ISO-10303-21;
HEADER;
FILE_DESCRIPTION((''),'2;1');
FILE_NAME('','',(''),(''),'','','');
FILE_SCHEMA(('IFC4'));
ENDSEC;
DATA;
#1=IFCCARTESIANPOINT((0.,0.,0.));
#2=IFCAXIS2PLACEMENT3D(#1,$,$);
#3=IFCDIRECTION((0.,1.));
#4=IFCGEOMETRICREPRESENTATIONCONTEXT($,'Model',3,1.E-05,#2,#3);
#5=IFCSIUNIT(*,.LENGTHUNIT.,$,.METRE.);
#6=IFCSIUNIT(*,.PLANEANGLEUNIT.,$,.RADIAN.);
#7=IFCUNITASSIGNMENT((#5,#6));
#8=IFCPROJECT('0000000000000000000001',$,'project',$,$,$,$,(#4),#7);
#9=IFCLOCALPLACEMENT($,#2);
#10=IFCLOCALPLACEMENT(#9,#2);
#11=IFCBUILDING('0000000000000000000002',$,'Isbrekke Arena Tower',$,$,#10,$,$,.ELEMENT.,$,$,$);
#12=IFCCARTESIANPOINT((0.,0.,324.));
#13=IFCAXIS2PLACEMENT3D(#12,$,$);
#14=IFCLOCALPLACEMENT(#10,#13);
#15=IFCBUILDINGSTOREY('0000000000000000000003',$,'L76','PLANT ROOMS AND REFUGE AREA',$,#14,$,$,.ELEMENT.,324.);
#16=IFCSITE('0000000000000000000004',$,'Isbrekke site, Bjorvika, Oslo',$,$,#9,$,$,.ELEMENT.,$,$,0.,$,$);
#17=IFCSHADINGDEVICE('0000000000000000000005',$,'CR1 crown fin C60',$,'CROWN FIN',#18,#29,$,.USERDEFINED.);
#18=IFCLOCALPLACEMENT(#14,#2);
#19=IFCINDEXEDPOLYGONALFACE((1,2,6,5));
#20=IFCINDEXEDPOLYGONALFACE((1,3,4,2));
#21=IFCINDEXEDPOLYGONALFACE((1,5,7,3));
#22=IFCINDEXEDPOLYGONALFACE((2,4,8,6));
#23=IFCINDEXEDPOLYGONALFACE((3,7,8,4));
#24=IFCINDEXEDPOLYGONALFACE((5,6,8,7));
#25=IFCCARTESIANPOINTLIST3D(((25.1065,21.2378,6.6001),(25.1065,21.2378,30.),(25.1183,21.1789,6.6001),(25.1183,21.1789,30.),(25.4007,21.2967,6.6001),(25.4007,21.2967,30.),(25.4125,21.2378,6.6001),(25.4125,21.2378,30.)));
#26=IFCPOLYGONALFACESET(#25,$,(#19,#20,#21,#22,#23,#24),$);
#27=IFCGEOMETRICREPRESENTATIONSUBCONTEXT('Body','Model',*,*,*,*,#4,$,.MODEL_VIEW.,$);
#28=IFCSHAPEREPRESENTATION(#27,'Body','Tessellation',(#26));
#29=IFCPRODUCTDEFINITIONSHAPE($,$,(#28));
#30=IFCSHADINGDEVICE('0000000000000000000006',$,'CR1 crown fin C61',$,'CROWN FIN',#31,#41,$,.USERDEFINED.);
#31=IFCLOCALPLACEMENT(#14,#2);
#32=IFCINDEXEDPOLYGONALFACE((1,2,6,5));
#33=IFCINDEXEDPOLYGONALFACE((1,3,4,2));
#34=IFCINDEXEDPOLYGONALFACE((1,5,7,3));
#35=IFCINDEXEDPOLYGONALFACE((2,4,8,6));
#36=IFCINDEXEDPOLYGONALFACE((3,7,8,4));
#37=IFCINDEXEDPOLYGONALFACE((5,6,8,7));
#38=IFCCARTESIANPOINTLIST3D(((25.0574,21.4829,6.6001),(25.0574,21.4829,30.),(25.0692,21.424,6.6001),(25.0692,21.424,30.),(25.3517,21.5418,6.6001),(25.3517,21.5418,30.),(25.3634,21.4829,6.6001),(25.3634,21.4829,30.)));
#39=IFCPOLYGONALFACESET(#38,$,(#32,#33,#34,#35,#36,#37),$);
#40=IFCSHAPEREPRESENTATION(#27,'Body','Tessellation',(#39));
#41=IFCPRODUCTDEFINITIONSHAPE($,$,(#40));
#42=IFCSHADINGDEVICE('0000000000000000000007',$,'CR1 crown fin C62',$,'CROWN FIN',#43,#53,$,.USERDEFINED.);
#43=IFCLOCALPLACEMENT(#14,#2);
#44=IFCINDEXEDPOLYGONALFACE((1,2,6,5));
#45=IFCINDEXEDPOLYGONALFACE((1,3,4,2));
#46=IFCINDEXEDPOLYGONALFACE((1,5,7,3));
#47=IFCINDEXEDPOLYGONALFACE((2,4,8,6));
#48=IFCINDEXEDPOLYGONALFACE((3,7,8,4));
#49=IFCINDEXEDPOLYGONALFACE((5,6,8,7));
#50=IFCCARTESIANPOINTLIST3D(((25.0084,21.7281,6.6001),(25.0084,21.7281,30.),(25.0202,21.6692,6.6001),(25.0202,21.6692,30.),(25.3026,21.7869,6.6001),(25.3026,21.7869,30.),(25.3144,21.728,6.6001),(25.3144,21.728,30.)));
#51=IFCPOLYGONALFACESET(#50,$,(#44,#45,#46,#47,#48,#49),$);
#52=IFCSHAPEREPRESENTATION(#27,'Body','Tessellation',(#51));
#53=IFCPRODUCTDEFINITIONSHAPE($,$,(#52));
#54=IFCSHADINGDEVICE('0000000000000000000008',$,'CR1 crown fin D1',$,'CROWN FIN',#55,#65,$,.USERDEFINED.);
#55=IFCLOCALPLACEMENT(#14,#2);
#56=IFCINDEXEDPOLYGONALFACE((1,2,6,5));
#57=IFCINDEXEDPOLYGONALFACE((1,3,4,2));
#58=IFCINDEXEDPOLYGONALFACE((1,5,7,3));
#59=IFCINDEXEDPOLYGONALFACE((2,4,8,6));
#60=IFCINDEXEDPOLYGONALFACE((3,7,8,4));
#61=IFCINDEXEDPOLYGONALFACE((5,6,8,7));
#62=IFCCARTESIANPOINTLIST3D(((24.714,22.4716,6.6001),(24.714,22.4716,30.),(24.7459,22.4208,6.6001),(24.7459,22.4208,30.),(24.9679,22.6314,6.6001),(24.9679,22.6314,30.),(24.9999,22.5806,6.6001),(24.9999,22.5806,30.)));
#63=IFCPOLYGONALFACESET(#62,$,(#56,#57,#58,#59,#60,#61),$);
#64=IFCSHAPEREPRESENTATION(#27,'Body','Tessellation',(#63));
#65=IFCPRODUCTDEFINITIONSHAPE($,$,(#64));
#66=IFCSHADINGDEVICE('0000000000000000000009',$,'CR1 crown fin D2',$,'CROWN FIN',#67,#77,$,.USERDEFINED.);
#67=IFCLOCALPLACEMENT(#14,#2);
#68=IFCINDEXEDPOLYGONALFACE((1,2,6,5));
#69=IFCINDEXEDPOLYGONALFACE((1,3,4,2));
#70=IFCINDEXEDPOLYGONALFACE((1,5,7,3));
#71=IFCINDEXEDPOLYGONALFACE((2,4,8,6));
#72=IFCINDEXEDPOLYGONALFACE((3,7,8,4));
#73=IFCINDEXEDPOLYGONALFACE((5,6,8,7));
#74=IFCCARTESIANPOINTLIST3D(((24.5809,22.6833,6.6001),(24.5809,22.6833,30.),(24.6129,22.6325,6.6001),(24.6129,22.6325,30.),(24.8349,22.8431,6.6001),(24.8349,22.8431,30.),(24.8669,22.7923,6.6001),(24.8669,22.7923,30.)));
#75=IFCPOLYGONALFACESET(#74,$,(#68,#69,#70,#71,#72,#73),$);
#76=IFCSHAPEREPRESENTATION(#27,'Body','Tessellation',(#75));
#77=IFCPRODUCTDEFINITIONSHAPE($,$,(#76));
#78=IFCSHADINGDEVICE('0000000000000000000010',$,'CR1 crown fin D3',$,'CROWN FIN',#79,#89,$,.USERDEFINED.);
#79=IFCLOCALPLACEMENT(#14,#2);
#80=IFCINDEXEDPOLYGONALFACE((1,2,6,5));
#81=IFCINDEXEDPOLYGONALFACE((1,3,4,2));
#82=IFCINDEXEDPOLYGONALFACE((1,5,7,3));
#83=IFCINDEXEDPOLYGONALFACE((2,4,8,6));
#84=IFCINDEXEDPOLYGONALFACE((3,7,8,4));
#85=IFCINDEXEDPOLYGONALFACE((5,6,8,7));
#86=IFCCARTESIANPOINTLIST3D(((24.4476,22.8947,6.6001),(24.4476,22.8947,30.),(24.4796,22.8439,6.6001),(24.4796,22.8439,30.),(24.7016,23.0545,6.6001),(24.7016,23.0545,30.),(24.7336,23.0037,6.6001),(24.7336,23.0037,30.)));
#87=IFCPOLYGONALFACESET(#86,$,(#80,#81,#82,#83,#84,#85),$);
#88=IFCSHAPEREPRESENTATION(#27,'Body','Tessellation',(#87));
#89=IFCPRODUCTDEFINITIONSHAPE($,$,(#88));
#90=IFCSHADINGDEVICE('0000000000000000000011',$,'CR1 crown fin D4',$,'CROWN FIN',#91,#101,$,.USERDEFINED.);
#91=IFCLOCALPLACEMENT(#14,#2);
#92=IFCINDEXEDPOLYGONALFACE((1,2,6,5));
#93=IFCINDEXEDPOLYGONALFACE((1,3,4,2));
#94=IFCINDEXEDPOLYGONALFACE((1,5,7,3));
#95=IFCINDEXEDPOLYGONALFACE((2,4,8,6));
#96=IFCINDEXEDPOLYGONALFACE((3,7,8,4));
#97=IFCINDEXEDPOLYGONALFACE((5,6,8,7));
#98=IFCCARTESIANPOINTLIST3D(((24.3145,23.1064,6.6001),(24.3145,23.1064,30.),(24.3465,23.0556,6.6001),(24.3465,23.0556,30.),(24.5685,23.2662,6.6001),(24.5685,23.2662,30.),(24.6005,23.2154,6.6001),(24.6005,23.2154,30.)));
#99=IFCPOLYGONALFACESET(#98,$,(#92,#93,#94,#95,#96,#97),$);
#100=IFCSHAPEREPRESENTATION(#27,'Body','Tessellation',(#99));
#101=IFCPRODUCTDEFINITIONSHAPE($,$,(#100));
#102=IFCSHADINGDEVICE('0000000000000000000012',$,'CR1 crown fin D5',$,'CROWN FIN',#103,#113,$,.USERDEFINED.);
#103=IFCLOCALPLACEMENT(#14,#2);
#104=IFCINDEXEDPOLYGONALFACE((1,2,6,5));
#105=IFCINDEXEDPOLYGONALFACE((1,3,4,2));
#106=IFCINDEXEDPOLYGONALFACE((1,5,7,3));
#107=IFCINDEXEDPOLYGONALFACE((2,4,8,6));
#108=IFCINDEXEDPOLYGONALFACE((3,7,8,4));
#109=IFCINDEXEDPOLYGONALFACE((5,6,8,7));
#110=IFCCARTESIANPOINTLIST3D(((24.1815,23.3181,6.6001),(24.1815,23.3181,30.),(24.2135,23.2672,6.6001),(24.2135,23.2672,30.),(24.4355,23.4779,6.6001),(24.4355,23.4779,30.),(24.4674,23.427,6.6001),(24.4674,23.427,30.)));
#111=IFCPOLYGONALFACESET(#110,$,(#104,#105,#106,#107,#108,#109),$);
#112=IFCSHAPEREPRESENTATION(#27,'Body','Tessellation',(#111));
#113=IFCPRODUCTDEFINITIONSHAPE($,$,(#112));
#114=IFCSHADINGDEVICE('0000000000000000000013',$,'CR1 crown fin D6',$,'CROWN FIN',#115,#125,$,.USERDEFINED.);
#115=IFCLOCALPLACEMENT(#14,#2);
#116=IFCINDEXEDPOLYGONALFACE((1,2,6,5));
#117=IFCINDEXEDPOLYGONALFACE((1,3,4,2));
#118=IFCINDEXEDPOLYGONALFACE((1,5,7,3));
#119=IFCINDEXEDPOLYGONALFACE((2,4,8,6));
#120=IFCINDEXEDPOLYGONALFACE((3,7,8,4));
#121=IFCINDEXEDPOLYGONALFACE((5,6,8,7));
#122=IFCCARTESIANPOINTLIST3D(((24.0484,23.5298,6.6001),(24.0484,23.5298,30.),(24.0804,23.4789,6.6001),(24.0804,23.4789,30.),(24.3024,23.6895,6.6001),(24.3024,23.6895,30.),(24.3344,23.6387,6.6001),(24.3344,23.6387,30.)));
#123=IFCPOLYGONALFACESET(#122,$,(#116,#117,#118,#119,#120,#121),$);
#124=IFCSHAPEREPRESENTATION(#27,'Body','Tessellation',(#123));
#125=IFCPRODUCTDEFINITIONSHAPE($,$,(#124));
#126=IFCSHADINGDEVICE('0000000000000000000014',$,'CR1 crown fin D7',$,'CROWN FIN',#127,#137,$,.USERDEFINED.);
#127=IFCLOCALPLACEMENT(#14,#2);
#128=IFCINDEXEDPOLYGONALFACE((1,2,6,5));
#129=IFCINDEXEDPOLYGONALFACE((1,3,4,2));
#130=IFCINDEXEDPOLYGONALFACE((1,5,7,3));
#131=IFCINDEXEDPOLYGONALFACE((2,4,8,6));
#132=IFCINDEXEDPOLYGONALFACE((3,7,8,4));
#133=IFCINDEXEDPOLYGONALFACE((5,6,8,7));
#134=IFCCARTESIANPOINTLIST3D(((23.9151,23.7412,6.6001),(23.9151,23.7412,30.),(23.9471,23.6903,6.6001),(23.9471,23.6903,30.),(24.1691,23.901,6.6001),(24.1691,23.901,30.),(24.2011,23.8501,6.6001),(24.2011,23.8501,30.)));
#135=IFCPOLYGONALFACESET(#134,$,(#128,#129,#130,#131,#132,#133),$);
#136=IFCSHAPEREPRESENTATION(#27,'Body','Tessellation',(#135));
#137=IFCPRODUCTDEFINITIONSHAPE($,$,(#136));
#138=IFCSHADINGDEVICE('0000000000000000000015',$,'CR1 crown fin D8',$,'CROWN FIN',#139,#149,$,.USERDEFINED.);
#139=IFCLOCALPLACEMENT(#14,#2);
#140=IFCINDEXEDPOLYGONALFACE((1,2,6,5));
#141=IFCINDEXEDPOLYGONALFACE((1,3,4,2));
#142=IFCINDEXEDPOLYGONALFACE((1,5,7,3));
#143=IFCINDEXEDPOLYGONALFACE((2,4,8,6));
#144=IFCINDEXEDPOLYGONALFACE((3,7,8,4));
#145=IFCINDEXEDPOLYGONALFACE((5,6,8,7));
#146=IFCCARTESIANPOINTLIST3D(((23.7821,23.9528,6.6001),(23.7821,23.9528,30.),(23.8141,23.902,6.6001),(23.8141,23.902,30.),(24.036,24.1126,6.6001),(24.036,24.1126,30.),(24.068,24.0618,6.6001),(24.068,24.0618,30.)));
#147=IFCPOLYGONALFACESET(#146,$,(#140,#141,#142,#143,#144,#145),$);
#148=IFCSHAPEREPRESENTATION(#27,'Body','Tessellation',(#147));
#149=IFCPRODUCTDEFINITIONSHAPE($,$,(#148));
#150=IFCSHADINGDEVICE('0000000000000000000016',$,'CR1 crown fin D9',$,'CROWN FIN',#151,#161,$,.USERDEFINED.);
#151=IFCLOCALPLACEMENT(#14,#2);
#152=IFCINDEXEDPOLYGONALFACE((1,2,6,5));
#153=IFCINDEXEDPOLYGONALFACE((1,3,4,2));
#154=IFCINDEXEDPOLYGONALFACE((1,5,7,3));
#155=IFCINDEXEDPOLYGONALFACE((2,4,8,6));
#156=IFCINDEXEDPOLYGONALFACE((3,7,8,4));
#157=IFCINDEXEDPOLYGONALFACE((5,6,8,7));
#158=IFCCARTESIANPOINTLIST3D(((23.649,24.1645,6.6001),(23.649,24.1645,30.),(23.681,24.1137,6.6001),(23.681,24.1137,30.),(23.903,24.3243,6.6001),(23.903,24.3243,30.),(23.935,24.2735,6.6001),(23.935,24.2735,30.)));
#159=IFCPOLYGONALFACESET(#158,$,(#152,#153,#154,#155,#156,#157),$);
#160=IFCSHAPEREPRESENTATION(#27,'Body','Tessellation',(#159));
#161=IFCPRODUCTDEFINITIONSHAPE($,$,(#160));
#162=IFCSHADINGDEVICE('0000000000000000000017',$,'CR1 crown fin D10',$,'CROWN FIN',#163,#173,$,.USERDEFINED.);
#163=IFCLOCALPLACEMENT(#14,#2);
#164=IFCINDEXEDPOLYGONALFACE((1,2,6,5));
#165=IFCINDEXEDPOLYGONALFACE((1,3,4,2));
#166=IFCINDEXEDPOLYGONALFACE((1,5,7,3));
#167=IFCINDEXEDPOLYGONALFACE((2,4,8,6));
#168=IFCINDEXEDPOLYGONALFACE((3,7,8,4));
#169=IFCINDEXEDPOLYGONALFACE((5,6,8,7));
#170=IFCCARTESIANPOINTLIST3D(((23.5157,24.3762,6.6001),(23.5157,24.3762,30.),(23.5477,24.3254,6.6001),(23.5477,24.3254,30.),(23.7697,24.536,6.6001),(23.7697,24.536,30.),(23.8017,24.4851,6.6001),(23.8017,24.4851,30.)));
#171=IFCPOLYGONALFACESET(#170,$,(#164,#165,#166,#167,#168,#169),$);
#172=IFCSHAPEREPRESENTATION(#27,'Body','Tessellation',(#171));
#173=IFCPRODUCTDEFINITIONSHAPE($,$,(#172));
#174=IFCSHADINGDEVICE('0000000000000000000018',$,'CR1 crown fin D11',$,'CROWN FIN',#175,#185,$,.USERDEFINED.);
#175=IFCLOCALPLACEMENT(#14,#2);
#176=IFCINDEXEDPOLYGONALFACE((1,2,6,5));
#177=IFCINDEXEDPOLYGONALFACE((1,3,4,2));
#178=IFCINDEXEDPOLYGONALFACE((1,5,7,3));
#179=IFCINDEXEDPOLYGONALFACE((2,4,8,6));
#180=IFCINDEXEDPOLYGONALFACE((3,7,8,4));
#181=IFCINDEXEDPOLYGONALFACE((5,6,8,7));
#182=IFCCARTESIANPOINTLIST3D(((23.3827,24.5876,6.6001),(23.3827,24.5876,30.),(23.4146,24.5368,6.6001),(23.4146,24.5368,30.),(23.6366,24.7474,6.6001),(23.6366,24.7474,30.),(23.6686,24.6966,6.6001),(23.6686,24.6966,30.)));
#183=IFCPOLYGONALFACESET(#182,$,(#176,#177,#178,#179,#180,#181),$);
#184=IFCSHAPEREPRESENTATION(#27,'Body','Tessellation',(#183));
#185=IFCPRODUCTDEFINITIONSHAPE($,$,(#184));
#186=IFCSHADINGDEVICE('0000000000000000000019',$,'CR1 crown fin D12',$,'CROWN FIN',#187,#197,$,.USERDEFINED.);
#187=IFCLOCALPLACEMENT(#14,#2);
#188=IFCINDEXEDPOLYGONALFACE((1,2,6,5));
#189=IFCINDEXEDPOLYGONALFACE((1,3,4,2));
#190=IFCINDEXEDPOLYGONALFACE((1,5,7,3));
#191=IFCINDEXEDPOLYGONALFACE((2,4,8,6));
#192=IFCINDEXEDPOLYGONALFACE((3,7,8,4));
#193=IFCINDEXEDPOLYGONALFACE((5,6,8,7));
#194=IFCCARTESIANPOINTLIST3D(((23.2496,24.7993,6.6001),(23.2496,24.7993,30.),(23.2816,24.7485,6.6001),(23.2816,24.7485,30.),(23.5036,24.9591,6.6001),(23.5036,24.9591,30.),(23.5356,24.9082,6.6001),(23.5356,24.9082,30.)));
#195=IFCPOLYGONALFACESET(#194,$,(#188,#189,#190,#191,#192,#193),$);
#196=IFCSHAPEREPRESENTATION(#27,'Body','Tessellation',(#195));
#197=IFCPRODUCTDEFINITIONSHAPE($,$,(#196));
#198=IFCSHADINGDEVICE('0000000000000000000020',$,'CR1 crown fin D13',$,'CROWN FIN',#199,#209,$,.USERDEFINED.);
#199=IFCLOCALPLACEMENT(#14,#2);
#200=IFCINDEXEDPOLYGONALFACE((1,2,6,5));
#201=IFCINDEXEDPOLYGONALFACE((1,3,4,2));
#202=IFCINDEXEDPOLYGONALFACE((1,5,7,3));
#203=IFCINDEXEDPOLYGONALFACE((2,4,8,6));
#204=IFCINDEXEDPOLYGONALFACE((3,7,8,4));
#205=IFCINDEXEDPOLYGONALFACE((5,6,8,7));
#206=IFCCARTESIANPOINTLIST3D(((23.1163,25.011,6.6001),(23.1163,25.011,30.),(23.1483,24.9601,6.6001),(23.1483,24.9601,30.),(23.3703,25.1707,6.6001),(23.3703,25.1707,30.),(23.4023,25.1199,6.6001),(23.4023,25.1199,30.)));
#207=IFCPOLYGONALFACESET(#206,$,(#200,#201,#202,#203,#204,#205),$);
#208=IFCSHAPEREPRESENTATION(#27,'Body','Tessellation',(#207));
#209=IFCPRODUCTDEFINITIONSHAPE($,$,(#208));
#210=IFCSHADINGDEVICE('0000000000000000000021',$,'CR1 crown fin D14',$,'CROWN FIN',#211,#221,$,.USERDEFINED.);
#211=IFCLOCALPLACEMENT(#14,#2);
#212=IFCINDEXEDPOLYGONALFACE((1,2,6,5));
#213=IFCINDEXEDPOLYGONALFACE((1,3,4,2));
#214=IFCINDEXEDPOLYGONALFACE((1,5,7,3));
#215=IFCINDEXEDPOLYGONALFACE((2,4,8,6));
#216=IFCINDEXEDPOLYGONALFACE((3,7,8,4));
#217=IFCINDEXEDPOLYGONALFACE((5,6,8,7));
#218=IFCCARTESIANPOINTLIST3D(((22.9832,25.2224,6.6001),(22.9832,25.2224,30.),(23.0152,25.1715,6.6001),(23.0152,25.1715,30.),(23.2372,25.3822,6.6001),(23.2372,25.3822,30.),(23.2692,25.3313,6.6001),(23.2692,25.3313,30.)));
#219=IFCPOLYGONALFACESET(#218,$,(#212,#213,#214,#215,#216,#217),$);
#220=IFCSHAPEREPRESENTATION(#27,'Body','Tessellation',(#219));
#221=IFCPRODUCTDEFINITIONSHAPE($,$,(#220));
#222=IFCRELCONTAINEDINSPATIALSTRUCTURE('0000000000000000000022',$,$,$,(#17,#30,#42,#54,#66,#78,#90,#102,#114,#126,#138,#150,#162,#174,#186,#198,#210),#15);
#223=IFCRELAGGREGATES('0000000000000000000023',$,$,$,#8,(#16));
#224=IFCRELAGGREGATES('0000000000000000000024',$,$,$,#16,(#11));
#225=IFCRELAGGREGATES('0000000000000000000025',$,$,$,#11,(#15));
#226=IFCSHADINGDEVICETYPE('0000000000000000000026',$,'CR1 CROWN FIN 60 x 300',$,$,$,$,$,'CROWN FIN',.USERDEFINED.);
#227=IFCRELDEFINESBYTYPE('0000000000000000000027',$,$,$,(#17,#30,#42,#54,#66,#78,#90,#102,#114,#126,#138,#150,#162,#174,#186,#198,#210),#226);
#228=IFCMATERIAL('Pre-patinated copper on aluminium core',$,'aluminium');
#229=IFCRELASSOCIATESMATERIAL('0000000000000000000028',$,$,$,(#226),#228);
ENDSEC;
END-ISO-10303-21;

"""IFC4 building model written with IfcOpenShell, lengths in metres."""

from ifc_helpers import new_model, si_unit, direction, frame, origin, origin_2d, place, context, subcontext, project, spatial, rectangle, extrude, material, material_profile, profile_set, type_object, element, save


model = new_model("IFC4")

# Units and contexts
model_context = context("Model", 3, precision=1e-05, world=origin(), true_north=direction((0.0, 1.0)))
body_context = subcontext(model_context, "Body", "Model", "MODEL_VIEW")
ifc_project = project(units=[si_unit("LENGTHUNIT", "METRE"), si_unit("PLANEANGLEUNIT", "RADIAN")], contexts=[model_context])

# Site, building, storey
site_placement = place(None, origin())
site = spatial("IfcSite", under=ifc_project, at=site_placement, Name="Isbrekke site, Bjorvika, Oslo", CompositionType="ELEMENT", RefElevation=0.0)
building_placement = place(site_placement, origin())
building = spatial("IfcBuilding", under=site, at=building_placement, Name="Isbrekke Arena Tower", CompositionType="ELEMENT")
storey_placement = place(building_placement, frame((0.0, 0.0, 324.0)))
storey = spatial("IfcBuildingStorey", under=building, at=storey_placement, Name="L76", Description="PLANT ROOMS AND REFUGE AREA", CompositionType="ELEMENT", Elevation=324.0)

# Shading devices
ifc_material_1 = material(Name="Pre-patinated copper on aluminium core", Category="aluminium")
ifc_material_profile_1 = material_profile(ifc_material_1, rectangle(XDim=0.0601, YDim=0.3, at=origin_2d()), Name="FIN 60X300")
ifc_profile_set_1 = profile_set([ifc_material_profile_1], Name="Pre-patinated copper on aluminium core")
shading_device_type = type_object("IfcShadingDeviceType", Name="CR1 CROWN FIN 60 x 300", ElementType="CROWN FIN", PredefinedType="USERDEFINED", material=ifc_profile_set_1)
for number, where, z_axis, x_axis, name in (
    (1, (25.2595, 21.2378, 6.6001), (0.0, 0.0, 1.0), (-0.196116, 0.980581, 0.0), "CR1 crown fin C60"),
    (2, (25.2104, 21.4829, 6.6001), (0.0, 0.0, 1.0), (-0.196116, 0.980581, 0.0), "CR1 crown fin C61"),
    (3, (25.1614, 21.728, 6.6001), (0.0, 0.0, 1.0), (-0.196116, 0.980581, 0.0), "CR1 crown fin C62"),
    (4, (24.8569, 22.5261, 6.6001), (0.0, 0.0, 1.0), (-0.532529, 0.846412, 0.0), "CR1 crown fin D1"),
    (5, (24.7239, 22.7378, 6.6001), (0.0, 0.0, 1.0), (-0.532529, 0.846412, 0.0), "CR1 crown fin D2"),
    (6, (24.5906, 22.9492, 6.6001), (0.0, 0.0, 1.0), (-0.532529, 0.846412, 0.0), "CR1 crown fin D3"),
    (7, (24.4575, 23.1609, 6.6001), (0.0, 0.0, 1.0), (-0.532529, 0.846412, 0.0), "CR1 crown fin D4"),
    (8, (24.3245, 23.3726, 6.6001), (0.0, 0.0, 1.0), (-0.532529, 0.846412, 0.0), "CR1 crown fin D5"),
    (9, (24.1914, 23.5842, 6.6001), (0.0, 0.0, 1.0), (-0.532529, 0.846412, 0.0), "CR1 crown fin D6"),
    (10, (24.0581, 23.7957, 6.6001), (0.0, 0.0, 1.0), (-0.532529, 0.846412, 0.0), "CR1 crown fin D7"),
    (11, (23.925, 24.0073, 6.6001), (0.0, 0.0, 1.0), (-0.532529, 0.846412, 0.0), "CR1 crown fin D8"),
    (12, (23.792, 24.219, 6.6001), (0.0, 0.0, 1.0), (-0.532529, 0.846412, 0.0), "CR1 crown fin D9"),
    (13, (23.6587, 24.4307, 6.6001), (0.0, 0.0, 1.0), (-0.532529, 0.846412, 0.0), "CR1 crown fin D10"),
    (14, (23.5256, 24.6421, 6.6001), (0.0, 0.0, 1.0), (-0.532529, 0.846412, 0.0), "CR1 crown fin D11"),
    (15, (23.3926, 24.8538, 6.6001), (0.0, 0.0, 1.0), (-0.532529, 0.846412, 0.0), "CR1 crown fin D12"),
    (16, (23.2593, 25.0654, 6.6001), (0.0, 0.0, 1.0), (-0.532529, 0.846412, 0.0), "CR1 crown fin D13"),
    (17, (23.1262, 25.2769, 6.6001), (0.0, 0.0, 1.0), (-0.532529, 0.846412, 0.0), "CR1 crown fin D14"),
):
    element("IfcShadingDevice", number, at=place(storey_placement, frame(where, z_axis=z_axis, x_axis=x_axis)), inside=storey, type_object=shading_device_type, Name=name, ObjectType="CROWN FIN", PredefinedType="USERDEFINED", context=body_context, shape_type="SweptSolid", body=[
        extrude(rectangle(XDim=0.0601, YDim=0.3, at=origin_2d()), origin(), (0.0, 0.0, 1.0), 23.3999),
    ])

save(model, "model.ifc")
